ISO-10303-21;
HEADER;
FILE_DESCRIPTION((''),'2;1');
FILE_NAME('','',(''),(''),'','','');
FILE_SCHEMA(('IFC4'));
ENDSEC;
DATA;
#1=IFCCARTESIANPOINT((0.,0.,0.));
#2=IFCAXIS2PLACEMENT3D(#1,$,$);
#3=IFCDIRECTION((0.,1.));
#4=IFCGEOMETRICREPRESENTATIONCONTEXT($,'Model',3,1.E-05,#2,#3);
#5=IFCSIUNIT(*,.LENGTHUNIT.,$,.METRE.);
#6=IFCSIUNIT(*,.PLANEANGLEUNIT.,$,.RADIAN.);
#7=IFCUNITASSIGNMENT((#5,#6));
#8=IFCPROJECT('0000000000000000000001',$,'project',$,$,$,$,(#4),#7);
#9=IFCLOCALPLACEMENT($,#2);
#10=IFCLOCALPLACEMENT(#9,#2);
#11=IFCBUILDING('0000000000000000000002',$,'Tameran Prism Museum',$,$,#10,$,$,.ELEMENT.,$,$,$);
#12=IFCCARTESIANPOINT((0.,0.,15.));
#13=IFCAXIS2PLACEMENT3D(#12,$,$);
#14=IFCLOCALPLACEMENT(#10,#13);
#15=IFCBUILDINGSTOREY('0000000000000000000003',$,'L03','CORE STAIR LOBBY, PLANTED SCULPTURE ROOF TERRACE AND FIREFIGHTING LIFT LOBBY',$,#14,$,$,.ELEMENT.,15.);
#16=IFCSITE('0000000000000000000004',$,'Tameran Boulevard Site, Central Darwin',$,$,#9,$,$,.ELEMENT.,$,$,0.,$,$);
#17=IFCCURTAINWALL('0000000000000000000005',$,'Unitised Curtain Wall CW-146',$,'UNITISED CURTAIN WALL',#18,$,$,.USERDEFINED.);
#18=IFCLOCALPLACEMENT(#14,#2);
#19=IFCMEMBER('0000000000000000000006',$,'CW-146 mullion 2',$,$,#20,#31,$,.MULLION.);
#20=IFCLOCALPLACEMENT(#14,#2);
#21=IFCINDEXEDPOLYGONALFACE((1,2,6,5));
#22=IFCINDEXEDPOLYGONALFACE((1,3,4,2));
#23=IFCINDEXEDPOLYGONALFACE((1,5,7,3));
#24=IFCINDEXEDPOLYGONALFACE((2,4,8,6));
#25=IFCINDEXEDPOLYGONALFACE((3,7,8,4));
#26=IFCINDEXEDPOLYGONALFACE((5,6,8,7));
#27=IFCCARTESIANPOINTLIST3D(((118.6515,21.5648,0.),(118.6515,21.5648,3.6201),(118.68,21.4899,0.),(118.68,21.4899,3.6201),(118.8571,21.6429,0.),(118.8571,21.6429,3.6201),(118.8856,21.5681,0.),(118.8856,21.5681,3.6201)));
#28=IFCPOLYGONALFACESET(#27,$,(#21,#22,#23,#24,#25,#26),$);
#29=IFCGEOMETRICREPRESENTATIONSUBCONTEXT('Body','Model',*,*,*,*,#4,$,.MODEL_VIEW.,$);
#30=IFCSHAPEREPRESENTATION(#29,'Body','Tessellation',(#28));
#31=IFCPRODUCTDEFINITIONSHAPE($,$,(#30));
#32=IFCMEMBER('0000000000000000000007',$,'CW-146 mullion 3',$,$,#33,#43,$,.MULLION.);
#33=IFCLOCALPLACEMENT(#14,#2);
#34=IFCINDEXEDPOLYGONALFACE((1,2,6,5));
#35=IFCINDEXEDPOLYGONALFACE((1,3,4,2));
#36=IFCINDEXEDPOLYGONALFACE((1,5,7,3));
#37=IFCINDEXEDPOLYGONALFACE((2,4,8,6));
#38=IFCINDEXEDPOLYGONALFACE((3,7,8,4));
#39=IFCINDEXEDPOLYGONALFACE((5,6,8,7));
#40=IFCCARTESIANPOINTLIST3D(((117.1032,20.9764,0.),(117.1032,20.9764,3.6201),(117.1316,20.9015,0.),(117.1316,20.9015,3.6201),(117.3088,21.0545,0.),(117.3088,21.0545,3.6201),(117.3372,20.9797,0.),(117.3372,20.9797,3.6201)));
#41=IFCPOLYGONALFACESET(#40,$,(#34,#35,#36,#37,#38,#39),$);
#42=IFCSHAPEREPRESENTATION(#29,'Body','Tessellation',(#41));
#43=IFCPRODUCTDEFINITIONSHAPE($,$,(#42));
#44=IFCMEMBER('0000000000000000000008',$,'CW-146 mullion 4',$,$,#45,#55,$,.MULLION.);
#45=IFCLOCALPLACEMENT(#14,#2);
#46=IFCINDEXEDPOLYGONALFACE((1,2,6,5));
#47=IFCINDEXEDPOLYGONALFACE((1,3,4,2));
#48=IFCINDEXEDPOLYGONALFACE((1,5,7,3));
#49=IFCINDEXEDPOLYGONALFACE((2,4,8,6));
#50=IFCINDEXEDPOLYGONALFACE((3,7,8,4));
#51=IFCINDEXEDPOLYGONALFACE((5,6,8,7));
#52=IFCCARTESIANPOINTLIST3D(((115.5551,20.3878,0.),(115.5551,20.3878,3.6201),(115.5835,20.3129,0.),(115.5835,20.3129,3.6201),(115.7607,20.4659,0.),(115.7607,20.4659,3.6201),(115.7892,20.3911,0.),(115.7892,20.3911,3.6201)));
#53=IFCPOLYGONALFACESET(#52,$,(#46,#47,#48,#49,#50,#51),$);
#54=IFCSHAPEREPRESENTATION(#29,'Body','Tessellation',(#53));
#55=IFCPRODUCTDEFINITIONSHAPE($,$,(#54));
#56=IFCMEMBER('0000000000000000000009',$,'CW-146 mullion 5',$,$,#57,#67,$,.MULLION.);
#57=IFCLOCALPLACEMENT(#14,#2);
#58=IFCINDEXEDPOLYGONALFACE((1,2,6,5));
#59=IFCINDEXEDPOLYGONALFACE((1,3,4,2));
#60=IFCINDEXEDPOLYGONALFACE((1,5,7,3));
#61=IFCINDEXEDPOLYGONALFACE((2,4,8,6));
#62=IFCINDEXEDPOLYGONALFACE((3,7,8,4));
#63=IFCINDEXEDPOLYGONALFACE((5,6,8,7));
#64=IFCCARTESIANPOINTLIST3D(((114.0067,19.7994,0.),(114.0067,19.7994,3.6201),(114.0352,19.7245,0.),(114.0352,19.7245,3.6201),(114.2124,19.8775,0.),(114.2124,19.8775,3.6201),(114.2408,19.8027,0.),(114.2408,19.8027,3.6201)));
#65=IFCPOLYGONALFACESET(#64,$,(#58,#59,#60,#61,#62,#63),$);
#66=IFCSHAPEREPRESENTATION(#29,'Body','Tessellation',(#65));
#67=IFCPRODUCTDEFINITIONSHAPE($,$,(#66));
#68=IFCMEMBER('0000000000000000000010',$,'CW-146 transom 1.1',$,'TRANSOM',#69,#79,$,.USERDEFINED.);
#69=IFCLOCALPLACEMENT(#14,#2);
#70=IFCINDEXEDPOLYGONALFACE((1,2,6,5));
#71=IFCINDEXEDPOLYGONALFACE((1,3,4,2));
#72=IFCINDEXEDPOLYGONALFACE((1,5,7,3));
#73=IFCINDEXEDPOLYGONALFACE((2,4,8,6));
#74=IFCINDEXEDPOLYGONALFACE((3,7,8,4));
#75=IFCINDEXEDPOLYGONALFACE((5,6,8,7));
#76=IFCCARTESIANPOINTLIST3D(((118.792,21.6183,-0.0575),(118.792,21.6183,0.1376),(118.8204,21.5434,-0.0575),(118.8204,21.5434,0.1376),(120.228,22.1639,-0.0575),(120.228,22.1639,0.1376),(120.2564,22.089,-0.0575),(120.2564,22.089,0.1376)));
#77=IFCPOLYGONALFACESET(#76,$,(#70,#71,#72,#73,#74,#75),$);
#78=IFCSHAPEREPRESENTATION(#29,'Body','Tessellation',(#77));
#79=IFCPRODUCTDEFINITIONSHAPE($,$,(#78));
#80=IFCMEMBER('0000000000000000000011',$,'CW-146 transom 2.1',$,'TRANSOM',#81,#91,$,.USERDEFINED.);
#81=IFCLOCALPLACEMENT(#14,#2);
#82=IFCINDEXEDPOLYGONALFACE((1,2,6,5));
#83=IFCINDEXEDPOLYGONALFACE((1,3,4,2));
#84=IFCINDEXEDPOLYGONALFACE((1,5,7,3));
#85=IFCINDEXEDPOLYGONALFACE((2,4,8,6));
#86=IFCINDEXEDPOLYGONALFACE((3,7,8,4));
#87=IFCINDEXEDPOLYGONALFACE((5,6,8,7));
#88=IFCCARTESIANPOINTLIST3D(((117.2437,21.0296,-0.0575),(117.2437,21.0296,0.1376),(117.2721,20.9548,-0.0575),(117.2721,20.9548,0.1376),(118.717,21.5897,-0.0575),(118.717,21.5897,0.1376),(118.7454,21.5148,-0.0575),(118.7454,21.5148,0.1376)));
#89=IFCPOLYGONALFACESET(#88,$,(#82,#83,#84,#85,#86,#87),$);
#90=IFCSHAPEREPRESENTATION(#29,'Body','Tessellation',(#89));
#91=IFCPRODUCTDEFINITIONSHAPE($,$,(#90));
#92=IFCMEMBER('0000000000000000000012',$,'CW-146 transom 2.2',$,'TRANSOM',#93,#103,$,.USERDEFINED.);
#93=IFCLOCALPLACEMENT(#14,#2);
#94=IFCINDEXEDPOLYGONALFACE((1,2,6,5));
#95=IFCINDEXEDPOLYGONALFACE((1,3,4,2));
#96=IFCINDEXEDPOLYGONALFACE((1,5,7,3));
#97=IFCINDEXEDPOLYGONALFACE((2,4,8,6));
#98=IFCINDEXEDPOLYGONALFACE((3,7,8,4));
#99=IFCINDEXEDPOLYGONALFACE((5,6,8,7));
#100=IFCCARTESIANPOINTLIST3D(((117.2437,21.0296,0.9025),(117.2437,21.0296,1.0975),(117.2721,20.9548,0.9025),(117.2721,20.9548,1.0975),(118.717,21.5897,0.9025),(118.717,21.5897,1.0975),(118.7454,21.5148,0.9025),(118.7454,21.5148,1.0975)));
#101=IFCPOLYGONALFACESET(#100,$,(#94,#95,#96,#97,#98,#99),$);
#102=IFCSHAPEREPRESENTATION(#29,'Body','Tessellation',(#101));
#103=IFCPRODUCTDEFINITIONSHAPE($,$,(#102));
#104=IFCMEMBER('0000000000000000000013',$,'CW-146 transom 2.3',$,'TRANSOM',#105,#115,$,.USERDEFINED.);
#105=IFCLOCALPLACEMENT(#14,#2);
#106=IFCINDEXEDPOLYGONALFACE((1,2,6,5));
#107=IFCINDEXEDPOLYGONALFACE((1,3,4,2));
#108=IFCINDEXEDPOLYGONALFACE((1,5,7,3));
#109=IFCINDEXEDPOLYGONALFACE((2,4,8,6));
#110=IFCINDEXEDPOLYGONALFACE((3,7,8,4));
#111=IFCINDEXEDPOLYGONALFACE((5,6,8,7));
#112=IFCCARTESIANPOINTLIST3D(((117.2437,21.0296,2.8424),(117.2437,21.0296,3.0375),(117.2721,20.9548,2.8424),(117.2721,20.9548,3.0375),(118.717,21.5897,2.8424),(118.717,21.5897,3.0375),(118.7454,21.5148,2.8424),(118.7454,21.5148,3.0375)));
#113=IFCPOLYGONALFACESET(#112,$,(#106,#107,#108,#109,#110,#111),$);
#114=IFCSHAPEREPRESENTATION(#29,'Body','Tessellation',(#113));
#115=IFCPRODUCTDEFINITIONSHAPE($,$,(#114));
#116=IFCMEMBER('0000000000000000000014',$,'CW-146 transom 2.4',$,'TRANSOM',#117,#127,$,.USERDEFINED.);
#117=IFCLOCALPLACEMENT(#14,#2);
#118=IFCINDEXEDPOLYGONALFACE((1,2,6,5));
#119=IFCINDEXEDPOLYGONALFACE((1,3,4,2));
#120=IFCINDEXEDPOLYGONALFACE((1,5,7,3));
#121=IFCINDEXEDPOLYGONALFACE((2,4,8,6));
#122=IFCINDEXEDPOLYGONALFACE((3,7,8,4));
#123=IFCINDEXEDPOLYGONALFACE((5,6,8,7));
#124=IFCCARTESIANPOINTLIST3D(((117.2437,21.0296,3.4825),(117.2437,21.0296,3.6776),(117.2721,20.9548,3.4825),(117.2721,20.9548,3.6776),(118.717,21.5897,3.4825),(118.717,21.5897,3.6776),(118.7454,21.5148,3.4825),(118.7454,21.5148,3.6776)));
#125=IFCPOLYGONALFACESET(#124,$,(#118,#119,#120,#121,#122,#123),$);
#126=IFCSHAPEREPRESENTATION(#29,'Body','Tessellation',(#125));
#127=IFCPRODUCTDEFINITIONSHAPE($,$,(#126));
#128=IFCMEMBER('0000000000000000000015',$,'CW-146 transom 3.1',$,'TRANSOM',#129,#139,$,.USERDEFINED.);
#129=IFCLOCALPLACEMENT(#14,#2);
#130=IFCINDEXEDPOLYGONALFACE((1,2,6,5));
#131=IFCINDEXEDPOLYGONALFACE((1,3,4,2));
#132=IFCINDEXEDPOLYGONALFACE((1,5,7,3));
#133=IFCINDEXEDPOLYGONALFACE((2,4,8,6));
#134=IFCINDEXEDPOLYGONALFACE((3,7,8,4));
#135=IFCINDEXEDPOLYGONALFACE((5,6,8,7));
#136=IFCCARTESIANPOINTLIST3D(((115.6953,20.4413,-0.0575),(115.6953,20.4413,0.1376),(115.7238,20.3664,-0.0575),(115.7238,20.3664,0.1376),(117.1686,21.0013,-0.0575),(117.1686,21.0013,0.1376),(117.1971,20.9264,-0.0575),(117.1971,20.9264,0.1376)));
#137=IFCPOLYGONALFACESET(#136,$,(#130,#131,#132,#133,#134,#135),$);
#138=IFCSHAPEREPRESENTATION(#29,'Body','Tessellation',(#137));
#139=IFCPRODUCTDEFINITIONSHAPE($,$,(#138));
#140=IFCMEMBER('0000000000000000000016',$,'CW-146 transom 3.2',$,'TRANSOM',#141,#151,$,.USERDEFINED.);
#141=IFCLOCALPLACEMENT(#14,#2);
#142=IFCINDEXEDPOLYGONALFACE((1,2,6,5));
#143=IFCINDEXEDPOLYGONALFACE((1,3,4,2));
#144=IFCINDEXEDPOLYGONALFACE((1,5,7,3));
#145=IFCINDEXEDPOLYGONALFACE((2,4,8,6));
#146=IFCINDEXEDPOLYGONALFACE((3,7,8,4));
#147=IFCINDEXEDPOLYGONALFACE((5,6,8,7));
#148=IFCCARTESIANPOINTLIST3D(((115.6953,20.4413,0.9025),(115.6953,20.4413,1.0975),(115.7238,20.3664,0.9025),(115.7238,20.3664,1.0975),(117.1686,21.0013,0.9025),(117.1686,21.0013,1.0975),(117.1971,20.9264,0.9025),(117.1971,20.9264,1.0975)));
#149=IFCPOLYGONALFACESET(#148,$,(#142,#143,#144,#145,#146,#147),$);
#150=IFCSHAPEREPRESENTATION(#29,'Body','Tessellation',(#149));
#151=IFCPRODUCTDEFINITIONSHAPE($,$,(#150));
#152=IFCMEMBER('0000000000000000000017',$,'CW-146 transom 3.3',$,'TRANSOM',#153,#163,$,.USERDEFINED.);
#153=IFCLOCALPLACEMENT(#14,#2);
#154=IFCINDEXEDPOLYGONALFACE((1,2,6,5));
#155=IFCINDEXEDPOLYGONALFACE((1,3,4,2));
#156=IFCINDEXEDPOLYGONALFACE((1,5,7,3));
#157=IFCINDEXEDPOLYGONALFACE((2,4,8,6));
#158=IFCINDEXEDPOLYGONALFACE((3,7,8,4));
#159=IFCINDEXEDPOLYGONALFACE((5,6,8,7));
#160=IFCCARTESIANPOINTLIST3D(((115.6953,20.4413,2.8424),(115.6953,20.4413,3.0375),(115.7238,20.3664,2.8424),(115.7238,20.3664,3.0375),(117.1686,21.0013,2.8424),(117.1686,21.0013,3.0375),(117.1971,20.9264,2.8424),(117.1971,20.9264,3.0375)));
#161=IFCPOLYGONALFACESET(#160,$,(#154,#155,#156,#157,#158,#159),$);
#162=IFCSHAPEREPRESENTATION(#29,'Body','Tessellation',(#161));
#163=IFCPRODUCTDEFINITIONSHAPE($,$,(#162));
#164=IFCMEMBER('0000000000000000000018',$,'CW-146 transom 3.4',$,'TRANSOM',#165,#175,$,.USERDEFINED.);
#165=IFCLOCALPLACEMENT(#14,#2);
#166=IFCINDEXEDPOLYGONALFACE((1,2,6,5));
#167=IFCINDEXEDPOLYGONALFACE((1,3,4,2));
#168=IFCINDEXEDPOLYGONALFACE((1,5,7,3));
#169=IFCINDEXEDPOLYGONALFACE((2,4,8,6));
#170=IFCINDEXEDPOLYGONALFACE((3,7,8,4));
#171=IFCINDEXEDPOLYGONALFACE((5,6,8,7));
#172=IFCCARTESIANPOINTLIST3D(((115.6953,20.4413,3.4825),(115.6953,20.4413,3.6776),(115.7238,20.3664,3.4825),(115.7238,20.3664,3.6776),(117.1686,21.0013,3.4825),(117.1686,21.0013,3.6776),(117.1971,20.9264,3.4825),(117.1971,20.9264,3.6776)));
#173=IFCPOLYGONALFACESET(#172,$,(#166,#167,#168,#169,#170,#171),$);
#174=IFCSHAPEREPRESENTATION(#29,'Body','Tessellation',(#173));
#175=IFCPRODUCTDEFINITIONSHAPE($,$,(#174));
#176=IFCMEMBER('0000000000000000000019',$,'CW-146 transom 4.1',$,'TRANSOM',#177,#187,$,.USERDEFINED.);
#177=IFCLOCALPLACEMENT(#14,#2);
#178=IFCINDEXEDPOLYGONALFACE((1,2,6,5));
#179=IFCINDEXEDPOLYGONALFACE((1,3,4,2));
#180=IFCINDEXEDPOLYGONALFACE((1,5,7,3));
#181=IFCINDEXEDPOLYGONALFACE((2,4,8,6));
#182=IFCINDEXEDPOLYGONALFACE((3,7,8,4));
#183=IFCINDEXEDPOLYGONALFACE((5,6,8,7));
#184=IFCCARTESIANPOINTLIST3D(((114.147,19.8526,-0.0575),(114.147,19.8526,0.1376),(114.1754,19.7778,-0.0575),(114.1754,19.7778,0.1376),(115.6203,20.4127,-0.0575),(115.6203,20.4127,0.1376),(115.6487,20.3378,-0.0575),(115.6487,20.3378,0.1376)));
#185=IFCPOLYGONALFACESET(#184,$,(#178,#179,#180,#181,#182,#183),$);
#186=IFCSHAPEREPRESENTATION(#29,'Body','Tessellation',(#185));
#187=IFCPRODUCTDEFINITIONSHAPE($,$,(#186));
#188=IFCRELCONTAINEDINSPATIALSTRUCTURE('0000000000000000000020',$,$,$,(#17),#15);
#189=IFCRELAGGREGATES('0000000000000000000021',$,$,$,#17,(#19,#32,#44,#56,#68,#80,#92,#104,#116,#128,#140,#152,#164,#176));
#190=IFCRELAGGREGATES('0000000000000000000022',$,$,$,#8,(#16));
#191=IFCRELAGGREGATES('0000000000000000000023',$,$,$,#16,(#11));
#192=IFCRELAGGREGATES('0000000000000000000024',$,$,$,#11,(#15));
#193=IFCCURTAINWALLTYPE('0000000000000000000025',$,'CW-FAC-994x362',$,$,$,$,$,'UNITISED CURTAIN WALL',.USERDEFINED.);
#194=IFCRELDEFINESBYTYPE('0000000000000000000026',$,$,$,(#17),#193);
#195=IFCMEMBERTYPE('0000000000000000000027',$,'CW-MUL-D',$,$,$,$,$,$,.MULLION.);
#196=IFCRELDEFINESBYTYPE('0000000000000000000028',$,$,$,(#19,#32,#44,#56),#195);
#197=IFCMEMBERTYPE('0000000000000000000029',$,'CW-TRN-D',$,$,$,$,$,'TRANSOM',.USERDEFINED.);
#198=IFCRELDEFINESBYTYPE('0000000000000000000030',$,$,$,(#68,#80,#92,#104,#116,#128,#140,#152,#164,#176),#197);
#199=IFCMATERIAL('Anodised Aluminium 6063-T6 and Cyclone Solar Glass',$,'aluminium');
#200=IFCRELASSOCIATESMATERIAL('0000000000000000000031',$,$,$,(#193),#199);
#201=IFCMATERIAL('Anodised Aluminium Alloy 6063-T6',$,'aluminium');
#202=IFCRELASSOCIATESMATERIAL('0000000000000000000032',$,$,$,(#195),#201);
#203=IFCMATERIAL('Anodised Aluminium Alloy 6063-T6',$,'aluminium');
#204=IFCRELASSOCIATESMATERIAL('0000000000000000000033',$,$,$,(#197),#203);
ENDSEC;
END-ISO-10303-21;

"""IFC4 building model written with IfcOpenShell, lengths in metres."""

from ifc_helpers import new_model, si_unit, direction, frame, origin, origin_2d, place, context, subcontext, project, spatial, rectangle, extrude, material, material_profile, profile_set, type_object, element, aggregate, save


model = new_model("IFC4")

# Units and contexts
model_context = context("Model", 3, precision=1e-05, world=origin(), true_north=direction((0.0, 1.0)))
body_context = subcontext(model_context, "Body", "Model", "MODEL_VIEW")
ifc_project = project(units=[si_unit("LENGTHUNIT", "METRE"), si_unit("PLANEANGLEUNIT", "RADIAN")], contexts=[model_context])

# Site, building, storey
site_placement = place(None, origin())
site = spatial("IfcSite", under=ifc_project, at=site_placement, Name="Tameran Boulevard Site, Central Darwin", CompositionType="ELEMENT", RefElevation=0.0)
building_placement = place(site_placement, origin())
building = spatial("IfcBuilding", under=site, at=building_placement, Name="Tameran Prism Museum", CompositionType="ELEMENT")
storey_placement = place(building_placement, frame((0.0, 0.0, 15.0)))
storey = spatial("IfcBuildingStorey", under=building, at=storey_placement, Name="L03", Description="CORE STAIR LOBBY, PLANTED SCULPTURE ROOF TERRACE AND FIREFIGHTING LIFT LOBBY", CompositionType="ELEMENT", Elevation=15.0)

# Curtain wall, members
ifc_material_1 = material(Name="Anodised Aluminium 6063-T6 and Cyclone Solar Glass", Category="aluminium")
curtain_wall_type = type_object("IfcCurtainWallType", Name="CW-FAC-994x362", ElementType="UNITISED CURTAIN WALL", PredefinedType="USERDEFINED", material=ifc_material_1)
curtain_wall_placement = place(storey_placement, origin())
curtain_wall = element("IfcCurtainWall", 1, at=curtain_wall_placement, inside=storey, type_object=curtain_wall_type, Name="Unitised Curtain Wall CW-146", ObjectType="UNITISED CURTAIN WALL", PredefinedType="USERDEFINED")
ifc_material_2 = material(Name="Anodised Aluminium Alloy 6063-T6", Category="aluminium")
ifc_material_profile_1 = material_profile(ifc_material_2, rectangle(XDim=0.0801, YDim=0.22, at=origin_2d()))
ifc_profile_set_1 = profile_set([ifc_material_profile_1])
member_type_1 = type_object("IfcMemberType", Name="CW-MUL-D", PredefinedType="MULLION", material=ifc_profile_set_1)
member_1_placement = place(storey_placement, frame((118.7686, 21.5664, 0.0), z_axis=(0.0, 0.0, 1.0), x_axis=(0.355288, -0.934757, 0.0)))
member_1 = element("IfcMember", 2, at=member_1_placement, type_object=member_type_1, Name="CW-146 mullion 2", PredefinedType="MULLION", context=body_context, shape_type="SweptSolid", body=[
    extrude(rectangle(XDim=0.0801, YDim=0.22, at=origin_2d()), origin(), (0.0, 0.0, 1.0), 3.6201),
])
member_2_placement = place(storey_placement, frame((117.2202, 20.978, 0.0), z_axis=(0.0, 0.0, 1.0), x_axis=(0.355288, -0.934757, 0.0)))
member_2 = element("IfcMember", 3, at=member_2_placement, type_object=member_type_1, Name="CW-146 mullion 3", PredefinedType="MULLION", context=body_context, shape_type="SweptSolid", body=[
    extrude(rectangle(XDim=0.0801, YDim=0.22, at=origin_2d()), origin(), (0.0, 0.0, 1.0), 3.6201),
])
member_3_placement = place(storey_placement, frame((115.6721, 20.3894, 0.0), z_axis=(0.0, 0.0, 1.0), x_axis=(0.355288, -0.934757, 0.0)))
member_3 = element("IfcMember", 4, at=member_3_placement, type_object=member_type_1, Name="CW-146 mullion 4", PredefinedType="MULLION", context=body_context, shape_type="SweptSolid", body=[
    extrude(rectangle(XDim=0.0801, YDim=0.22, at=origin_2d()), origin(), (0.0, 0.0, 1.0), 3.6201),
])
member_4_placement = place(storey_placement, frame((114.1238, 19.801, 0.0), z_axis=(0.0, 0.0, 1.0), x_axis=(0.355288, -0.934757, 0.0)))
member_4 = element("IfcMember", 5, at=member_4_placement, type_object=member_type_1, Name="CW-146 mullion 5", PredefinedType="MULLION", context=body_context, shape_type="SweptSolid", body=[
    extrude(rectangle(XDim=0.0801, YDim=0.22, at=origin_2d()), origin(), (0.0, 0.0, 1.0), 3.6201),
])
ifc_material_3 = material(Name="Anodised Aluminium Alloy 6063-T6", Category="aluminium")
ifc_material_profile_2 = material_profile(ifc_material_3, rectangle(XDim=0.0801, YDim=0.1951, at=origin_2d()))
ifc_profile_set_2 = profile_set([ifc_material_profile_2])
member_type_2 = type_object("IfcMemberType", Name="CW-TRN-D", ElementType="TRANSOM", PredefinedType="USERDEFINED", material=ifc_profile_set_2)
member_5_placement = place(storey_placement, frame((120.2422, 22.1265, 0.04), z_axis=(-0.934792, -0.355196, 0.0), x_axis=(0.355196, -0.934792, 0.0)))
member_5 = element("IfcMember", 6, at=member_5_placement, type_object=member_type_2, Name="CW-146 transom 1.1", ObjectType="TRANSOM", PredefinedType="USERDEFINED", context=body_context, shape_type="SweptSolid", body=[
    extrude(rectangle(XDim=0.0801, YDim=0.1951, at=origin_2d()), origin(), (0.0, 0.0, 1.0), 1.5361),
])
member_6_placement = place(storey_placement, frame((118.7312, 21.5522, 0.04), z_axis=(-0.934748, -0.355312, 0.0), x_axis=(0.355312, -0.934748, 0.0)))
member_6 = element("IfcMember", 7, at=member_6_placement, type_object=member_type_2, Name="CW-146 transom 2.1", ObjectType="TRANSOM", PredefinedType="USERDEFINED", context=body_context, shape_type="SweptSolid", body=[
    extrude(rectangle(XDim=0.0801, YDim=0.1951, at=origin_2d()), origin(), (0.0, 0.0, 1.0), 1.5762),
])
member_7_placement = place(storey_placement, frame((118.7312, 21.5522, 1.0), z_axis=(-0.934748, -0.355312, 0.0), x_axis=(0.355312, -0.934748, 0.0)))
member_7 = element("IfcMember", 8, at=member_7_placement, type_object=member_type_2, Name="CW-146 transom 2.2", ObjectType="TRANSOM", PredefinedType="USERDEFINED", context=body_context, shape_type="SweptSolid", body=[
    extrude(rectangle(XDim=0.0801, YDim=0.1951, at=origin_2d()), origin(), (0.0, 0.0, 1.0), 1.5762),
])
member_8_placement = place(storey_placement, frame((118.7312, 21.5522, 2.9399), z_axis=(-0.934748, -0.355312, 0.0), x_axis=(0.355312, -0.934748, 0.0)))
member_8 = element("IfcMember", 9, at=member_8_placement, type_object=member_type_2, Name="CW-146 transom 2.3", ObjectType="TRANSOM", PredefinedType="USERDEFINED", context=body_context, shape_type="SweptSolid", body=[
    extrude(rectangle(XDim=0.0801, YDim=0.1951, at=origin_2d()), origin(), (0.0, 0.0, 1.0), 1.5762),
])
member_9_placement = place(storey_placement, frame((118.7312, 21.5522, 3.5801), z_axis=(-0.934748, -0.355312, 0.0), x_axis=(0.355312, -0.934748, 0.0)))
member_9 = element("IfcMember", 10, at=member_9_placement, type_object=member_type_2, Name="CW-146 transom 2.4", ObjectType="TRANSOM", PredefinedType="USERDEFINED", context=body_context, shape_type="SweptSolid", body=[
    extrude(rectangle(XDim=0.0801, YDim=0.1951, at=origin_2d()), origin(), (0.0, 0.0, 1.0), 1.5762),
])
member_10_placement = place(storey_placement, frame((117.1829, 20.9639, 0.04), z_axis=(-0.934748, -0.355312, 0.0), x_axis=(0.355312, -0.934748, 0.0)))
member_10 = element("IfcMember", 11, at=member_10_placement, type_object=member_type_2, Name="CW-146 transom 3.1", ObjectType="TRANSOM", PredefinedType="USERDEFINED", context=body_context, shape_type="SweptSolid", body=[
    extrude(rectangle(XDim=0.0801, YDim=0.1951, at=origin_2d()), origin(), (0.0, 0.0, 1.0), 1.5762),
])
member_11_placement = place(storey_placement, frame((117.1829, 20.9639, 1.0), z_axis=(-0.934748, -0.355312, 0.0), x_axis=(0.355312, -0.934748, 0.0)))
member_11 = element("IfcMember", 12, at=member_11_placement, type_object=member_type_2, Name="CW-146 transom 3.2", ObjectType="TRANSOM", PredefinedType="USERDEFINED", context=body_context, shape_type="SweptSolid", body=[
    extrude(rectangle(XDim=0.0801, YDim=0.1951, at=origin_2d()), origin(), (0.0, 0.0, 1.0), 1.5762),
])
member_12_placement = place(storey_placement, frame((117.1829, 20.9639, 2.9399), z_axis=(-0.934748, -0.355312, 0.0), x_axis=(0.355312, -0.934748, 0.0)))
member_12 = element("IfcMember", 13, at=member_12_placement, type_object=member_type_2, Name="CW-146 transom 3.3", ObjectType="TRANSOM", PredefinedType="USERDEFINED", context=body_context, shape_type="SweptSolid", body=[
    extrude(rectangle(XDim=0.0801, YDim=0.1951, at=origin_2d()), origin(), (0.0, 0.0, 1.0), 1.5762),
])
member_13_placement = place(storey_placement, frame((117.1829, 20.9639, 3.5801), z_axis=(-0.934748, -0.355312, 0.0), x_axis=(0.355312, -0.934748, 0.0)))
member_13 = element("IfcMember", 14, at=member_13_placement, type_object=member_type_2, Name="CW-146 transom 3.4", ObjectType="TRANSOM", PredefinedType="USERDEFINED", context=body_context, shape_type="SweptSolid", body=[
    extrude(rectangle(XDim=0.0801, YDim=0.1951, at=origin_2d()), origin(), (0.0, 0.0, 1.0), 1.5762),
])
member_14_placement = place(storey_placement, frame((115.6345, 20.3752, 0.04), z_axis=(-0.934748, -0.355312, 0.0), x_axis=(0.355312, -0.934748, 0.0)))
member_14 = element("IfcMember", 15, at=member_14_placement, type_object=member_type_2, Name="CW-146 transom 4.1", ObjectType="TRANSOM", PredefinedType="USERDEFINED", context=body_context, shape_type="SweptSolid", body=[
    extrude(rectangle(XDim=0.0801, YDim=0.1951, at=origin_2d()), origin(), (0.0, 0.0, 1.0), 1.5762),
])
aggregate(curtain_wall, [member_1, member_2, member_3, member_4, member_5, member_6, member_7, member_8, member_9, member_10, member_11, member_12, member_13, member_14])

save(model, "model.ifc")
